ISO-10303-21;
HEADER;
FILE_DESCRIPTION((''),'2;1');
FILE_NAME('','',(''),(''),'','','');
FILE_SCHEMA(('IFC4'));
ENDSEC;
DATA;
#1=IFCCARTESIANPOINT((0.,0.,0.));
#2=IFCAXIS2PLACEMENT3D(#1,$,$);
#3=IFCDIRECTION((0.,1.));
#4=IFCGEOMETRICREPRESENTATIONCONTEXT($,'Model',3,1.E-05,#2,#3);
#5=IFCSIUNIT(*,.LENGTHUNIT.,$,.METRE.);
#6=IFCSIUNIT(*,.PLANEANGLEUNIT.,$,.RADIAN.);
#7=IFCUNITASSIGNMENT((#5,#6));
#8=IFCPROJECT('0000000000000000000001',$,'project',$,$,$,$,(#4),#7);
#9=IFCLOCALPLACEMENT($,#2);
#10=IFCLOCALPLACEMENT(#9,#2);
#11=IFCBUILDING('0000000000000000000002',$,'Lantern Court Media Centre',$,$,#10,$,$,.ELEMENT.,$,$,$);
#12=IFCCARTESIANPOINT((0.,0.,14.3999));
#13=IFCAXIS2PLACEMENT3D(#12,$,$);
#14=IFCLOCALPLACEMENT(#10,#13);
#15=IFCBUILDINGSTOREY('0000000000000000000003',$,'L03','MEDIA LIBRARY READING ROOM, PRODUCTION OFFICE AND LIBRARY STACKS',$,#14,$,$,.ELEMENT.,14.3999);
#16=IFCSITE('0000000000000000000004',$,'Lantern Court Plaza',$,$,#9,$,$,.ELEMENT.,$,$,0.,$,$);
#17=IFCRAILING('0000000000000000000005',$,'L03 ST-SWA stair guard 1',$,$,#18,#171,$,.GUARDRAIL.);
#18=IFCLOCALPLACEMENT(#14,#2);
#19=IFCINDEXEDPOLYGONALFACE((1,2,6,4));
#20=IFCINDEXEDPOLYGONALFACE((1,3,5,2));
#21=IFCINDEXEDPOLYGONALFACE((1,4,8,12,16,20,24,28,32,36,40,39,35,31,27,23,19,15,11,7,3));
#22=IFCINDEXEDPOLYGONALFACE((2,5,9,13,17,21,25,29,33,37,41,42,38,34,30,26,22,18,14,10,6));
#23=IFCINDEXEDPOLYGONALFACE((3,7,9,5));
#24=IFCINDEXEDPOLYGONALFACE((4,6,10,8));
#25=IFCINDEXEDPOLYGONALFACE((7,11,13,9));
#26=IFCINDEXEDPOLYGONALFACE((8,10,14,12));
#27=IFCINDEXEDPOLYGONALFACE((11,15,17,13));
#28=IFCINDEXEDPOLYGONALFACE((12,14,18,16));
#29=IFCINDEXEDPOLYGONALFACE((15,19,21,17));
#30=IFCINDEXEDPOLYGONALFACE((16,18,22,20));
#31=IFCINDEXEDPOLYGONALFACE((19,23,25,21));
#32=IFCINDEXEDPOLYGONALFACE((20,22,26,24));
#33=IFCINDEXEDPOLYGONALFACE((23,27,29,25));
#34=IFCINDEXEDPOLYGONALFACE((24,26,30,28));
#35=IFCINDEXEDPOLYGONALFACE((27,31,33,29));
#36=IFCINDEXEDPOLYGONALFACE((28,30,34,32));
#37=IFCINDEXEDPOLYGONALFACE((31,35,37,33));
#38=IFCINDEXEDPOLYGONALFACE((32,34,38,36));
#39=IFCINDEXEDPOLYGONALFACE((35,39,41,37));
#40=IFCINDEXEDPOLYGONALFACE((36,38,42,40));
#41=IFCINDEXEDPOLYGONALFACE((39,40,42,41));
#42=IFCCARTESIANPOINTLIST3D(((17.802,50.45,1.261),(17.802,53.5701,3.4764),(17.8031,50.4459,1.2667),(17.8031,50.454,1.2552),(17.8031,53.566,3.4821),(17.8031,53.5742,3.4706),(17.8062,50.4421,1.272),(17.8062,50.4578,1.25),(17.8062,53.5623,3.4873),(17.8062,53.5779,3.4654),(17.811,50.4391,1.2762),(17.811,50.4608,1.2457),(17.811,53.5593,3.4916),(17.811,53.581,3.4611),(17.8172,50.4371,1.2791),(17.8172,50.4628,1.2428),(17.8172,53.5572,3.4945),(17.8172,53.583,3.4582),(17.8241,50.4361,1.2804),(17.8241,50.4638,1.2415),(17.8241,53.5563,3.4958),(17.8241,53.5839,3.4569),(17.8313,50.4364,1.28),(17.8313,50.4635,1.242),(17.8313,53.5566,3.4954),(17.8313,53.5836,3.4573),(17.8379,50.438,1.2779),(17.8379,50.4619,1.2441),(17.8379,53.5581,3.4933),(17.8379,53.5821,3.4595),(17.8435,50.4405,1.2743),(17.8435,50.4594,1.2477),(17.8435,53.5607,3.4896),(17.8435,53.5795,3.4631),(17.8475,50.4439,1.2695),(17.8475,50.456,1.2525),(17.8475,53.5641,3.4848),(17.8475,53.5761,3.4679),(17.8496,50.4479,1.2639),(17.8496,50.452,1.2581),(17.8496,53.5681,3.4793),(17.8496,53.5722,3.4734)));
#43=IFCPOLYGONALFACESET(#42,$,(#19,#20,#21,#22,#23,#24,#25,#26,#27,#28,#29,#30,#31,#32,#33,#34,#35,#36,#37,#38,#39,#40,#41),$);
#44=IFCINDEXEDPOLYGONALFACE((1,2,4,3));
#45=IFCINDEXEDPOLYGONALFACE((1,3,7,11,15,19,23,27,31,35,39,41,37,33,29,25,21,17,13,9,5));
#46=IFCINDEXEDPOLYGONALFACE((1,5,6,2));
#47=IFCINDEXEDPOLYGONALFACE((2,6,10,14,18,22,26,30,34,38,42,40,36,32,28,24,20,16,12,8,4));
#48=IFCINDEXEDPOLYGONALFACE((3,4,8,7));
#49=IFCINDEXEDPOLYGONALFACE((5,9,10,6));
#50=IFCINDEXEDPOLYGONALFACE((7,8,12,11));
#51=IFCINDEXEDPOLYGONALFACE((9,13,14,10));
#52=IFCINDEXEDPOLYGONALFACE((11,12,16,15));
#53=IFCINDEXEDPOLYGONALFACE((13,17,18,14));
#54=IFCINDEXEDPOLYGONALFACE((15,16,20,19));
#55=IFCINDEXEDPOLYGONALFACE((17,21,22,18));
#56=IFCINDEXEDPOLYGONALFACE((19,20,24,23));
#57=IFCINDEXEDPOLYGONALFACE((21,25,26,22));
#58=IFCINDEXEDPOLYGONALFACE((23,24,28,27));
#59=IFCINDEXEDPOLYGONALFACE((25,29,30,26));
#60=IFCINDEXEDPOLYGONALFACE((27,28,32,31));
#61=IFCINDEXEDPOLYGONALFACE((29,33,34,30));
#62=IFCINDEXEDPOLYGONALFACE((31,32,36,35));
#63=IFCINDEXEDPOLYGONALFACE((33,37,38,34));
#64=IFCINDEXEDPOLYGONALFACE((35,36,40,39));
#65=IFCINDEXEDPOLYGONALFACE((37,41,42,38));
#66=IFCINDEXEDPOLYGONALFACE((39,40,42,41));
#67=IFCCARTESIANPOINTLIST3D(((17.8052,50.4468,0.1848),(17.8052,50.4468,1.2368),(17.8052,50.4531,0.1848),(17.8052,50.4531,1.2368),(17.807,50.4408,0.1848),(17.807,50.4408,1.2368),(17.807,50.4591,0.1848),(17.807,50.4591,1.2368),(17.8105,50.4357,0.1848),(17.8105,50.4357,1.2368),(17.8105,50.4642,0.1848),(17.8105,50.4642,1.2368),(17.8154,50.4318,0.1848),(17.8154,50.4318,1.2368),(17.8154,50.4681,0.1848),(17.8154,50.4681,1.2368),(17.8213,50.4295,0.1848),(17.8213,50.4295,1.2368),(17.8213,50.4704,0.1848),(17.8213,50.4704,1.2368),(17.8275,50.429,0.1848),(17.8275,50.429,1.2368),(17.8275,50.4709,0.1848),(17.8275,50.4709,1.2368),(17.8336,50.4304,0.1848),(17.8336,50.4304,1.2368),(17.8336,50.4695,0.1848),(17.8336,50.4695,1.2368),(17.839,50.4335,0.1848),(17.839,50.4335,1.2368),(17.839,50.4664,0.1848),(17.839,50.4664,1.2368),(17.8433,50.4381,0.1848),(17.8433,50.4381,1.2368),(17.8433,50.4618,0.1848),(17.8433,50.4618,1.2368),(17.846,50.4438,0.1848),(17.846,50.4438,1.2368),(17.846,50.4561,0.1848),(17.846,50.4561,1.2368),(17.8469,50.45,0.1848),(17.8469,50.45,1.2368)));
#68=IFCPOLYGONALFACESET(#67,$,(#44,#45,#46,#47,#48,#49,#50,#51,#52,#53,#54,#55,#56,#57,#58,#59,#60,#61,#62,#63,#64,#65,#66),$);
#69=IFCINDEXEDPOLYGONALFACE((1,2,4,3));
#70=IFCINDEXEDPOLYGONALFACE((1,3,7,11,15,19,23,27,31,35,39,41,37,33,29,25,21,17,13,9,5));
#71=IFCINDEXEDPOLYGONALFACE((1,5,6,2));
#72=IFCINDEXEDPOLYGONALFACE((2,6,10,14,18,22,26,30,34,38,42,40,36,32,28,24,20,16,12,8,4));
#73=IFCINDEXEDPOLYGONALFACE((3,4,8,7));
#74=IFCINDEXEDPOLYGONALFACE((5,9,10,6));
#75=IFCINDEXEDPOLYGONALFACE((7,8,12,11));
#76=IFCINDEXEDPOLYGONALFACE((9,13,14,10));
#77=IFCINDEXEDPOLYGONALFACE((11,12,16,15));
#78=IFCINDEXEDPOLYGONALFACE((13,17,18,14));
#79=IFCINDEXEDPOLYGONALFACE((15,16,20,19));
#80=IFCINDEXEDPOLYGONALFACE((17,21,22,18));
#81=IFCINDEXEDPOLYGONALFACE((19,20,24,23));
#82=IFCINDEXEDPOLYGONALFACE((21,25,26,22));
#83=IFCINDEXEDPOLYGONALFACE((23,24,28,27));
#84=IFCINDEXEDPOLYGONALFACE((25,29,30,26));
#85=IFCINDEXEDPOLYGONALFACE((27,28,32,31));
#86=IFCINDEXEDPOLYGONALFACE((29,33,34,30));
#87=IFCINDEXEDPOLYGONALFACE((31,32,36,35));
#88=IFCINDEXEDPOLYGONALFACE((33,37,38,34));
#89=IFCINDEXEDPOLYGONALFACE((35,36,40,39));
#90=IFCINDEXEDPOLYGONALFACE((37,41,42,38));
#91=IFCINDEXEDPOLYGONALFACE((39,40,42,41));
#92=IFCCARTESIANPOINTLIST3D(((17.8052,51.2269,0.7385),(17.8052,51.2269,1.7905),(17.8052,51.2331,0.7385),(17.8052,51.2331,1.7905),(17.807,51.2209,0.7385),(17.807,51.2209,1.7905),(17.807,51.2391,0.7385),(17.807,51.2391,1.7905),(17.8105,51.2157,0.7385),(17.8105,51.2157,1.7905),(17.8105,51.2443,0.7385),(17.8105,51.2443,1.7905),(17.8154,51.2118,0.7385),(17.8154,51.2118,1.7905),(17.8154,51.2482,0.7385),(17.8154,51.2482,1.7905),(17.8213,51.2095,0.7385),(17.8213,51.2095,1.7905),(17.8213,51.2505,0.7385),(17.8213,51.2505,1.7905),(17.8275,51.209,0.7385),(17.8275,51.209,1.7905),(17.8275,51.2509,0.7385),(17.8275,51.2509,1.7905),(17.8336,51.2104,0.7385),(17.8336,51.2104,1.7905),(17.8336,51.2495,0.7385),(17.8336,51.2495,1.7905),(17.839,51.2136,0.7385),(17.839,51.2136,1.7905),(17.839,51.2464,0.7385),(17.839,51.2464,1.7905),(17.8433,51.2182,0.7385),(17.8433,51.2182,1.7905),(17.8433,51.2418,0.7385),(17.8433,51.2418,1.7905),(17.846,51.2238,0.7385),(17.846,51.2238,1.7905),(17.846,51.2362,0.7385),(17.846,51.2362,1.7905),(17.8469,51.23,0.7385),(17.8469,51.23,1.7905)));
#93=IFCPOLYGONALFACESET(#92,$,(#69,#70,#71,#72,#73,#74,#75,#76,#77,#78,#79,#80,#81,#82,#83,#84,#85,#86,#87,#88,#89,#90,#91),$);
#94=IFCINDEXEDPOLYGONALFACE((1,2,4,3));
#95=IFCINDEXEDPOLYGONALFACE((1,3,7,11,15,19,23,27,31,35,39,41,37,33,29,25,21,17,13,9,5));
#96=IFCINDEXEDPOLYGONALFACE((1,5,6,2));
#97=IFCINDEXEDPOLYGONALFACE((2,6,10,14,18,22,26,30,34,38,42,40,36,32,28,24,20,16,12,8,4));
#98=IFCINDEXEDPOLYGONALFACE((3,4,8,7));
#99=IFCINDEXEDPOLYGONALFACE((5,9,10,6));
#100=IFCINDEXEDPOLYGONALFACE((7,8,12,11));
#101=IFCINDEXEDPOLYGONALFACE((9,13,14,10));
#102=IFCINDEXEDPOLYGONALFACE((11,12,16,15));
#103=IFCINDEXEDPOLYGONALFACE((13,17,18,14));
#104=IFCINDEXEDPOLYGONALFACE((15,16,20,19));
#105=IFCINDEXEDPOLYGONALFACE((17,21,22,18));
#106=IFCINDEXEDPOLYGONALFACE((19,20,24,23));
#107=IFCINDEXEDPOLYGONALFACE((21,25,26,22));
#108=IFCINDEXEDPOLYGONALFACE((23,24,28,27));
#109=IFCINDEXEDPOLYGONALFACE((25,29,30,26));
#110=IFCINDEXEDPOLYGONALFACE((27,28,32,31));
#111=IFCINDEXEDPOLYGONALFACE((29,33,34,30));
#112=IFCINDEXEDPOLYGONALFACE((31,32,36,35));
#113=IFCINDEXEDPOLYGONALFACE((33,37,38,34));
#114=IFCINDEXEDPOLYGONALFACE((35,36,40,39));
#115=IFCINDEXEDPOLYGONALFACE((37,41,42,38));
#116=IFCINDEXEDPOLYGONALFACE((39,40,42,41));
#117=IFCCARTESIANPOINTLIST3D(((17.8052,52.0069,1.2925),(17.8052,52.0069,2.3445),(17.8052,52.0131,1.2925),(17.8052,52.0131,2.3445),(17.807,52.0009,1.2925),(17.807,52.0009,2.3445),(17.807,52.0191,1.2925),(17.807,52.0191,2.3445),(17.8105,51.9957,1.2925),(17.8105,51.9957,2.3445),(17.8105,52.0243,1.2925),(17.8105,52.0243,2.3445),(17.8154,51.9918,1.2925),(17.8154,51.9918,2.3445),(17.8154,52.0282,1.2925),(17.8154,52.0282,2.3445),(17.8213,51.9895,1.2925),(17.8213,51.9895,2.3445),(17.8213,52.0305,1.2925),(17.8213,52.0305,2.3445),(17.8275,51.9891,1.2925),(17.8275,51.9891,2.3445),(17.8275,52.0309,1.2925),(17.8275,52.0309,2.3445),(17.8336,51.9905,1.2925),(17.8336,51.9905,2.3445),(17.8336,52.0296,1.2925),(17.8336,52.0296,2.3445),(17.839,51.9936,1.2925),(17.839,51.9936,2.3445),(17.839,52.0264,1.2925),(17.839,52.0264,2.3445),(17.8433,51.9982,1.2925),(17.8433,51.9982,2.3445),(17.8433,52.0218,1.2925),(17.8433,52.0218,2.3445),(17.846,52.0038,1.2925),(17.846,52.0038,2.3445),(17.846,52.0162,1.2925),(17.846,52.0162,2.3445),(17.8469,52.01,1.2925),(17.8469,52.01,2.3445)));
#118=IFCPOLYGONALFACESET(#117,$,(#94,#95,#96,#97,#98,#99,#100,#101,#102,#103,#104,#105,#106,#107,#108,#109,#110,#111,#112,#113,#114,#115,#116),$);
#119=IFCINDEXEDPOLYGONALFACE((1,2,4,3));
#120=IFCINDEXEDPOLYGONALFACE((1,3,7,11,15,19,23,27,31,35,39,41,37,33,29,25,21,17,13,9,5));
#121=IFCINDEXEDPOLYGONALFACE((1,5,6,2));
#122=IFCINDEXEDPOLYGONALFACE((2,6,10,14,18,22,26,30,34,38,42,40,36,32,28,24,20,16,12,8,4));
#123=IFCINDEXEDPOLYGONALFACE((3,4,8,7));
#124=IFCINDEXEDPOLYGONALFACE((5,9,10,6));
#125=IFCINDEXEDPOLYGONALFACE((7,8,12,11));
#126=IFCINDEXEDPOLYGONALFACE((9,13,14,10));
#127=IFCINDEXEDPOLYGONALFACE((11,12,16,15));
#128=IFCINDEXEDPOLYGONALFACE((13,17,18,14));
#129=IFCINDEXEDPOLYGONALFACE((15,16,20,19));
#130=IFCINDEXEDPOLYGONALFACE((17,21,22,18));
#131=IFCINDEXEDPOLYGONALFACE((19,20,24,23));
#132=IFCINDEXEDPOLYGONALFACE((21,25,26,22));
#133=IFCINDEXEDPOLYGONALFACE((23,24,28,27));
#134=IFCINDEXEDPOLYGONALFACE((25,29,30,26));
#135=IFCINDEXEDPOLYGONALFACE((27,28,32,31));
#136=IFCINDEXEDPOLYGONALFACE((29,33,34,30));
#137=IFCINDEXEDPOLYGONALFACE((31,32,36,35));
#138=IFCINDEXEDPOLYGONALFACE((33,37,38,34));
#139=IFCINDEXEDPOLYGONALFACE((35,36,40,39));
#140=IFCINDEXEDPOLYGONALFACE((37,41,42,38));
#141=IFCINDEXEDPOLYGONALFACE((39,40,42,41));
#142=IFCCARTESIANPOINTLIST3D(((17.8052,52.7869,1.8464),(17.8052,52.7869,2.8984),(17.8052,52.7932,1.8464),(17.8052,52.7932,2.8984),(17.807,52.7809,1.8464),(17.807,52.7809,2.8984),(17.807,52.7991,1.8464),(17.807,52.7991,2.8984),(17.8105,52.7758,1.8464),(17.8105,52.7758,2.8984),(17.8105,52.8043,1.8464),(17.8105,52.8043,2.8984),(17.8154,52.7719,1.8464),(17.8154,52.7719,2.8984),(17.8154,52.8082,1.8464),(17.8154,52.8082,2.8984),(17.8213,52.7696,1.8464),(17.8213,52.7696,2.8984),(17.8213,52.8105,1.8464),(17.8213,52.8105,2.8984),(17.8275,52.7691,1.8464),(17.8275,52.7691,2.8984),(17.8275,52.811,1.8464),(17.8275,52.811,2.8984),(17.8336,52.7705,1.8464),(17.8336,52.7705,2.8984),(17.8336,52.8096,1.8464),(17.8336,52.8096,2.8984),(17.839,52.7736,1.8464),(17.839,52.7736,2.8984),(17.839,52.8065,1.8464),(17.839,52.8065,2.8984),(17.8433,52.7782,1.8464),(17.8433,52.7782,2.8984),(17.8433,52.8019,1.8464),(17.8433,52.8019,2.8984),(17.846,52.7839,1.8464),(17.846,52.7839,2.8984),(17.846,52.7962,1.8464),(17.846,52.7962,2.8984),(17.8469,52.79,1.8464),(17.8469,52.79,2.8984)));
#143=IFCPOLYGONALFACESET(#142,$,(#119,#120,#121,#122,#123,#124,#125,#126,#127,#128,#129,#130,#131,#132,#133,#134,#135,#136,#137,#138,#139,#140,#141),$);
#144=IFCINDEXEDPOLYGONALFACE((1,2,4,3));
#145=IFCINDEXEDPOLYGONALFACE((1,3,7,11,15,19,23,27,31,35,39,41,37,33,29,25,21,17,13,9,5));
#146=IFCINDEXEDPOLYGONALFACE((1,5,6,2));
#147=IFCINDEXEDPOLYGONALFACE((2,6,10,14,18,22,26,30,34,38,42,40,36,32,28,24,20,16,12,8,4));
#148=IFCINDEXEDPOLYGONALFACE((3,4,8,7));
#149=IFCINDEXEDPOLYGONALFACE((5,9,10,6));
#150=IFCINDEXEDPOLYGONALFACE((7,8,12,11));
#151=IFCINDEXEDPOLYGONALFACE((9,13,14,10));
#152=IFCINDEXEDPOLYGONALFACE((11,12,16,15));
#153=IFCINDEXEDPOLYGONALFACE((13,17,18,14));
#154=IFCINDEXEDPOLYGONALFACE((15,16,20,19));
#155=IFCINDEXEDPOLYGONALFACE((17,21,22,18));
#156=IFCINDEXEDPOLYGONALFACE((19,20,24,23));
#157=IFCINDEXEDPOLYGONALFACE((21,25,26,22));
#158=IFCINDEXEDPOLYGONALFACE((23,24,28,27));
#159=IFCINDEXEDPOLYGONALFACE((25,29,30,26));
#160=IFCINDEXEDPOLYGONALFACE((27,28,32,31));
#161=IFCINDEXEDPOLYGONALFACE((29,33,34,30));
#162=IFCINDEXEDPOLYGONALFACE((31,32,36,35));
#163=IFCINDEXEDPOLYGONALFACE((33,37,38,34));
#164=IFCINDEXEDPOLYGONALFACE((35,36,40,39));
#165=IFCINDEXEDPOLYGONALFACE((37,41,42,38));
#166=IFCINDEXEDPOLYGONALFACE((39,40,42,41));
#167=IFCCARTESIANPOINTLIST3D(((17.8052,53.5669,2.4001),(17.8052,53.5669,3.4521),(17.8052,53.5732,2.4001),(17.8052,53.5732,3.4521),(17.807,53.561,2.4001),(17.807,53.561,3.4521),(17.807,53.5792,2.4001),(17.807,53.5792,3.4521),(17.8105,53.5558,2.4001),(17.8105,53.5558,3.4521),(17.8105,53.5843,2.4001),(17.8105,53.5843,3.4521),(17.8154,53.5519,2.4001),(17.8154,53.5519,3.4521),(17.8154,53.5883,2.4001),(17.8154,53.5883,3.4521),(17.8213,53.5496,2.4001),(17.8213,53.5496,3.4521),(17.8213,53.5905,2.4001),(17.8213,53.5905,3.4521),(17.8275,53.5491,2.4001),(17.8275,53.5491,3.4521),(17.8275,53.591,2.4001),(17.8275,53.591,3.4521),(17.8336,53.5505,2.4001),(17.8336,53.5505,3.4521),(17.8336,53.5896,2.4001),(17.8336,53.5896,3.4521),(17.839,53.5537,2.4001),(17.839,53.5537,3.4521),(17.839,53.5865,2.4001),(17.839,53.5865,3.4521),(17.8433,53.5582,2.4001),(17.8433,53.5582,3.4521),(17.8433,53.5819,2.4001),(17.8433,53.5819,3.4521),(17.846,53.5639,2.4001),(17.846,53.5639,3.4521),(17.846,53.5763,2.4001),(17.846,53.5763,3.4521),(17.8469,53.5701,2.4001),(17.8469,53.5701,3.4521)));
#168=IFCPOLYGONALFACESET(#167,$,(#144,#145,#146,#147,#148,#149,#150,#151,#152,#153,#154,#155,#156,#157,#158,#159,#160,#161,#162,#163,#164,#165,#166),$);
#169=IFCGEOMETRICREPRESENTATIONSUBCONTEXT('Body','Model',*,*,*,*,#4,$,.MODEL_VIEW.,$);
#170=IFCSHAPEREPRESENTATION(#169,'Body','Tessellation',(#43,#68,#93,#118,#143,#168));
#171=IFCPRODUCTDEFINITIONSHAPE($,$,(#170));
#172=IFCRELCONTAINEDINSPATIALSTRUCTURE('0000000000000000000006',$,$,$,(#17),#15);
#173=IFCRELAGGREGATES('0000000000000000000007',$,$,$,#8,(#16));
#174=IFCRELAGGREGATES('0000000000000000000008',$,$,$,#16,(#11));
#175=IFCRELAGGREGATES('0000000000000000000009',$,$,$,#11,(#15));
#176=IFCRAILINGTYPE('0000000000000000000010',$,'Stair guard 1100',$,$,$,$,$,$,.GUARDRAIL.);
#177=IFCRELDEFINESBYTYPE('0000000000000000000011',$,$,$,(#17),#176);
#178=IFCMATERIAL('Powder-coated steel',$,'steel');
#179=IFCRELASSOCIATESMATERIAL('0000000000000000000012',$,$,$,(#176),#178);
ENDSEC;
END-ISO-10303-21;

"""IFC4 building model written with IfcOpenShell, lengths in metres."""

from ifc_helpers import new_model, si_unit, direction, frame, origin, origin_2d, place, context, subcontext, project, spatial, circle, extrude, material, type_object, element, save


model = new_model("IFC4")

# Units and contexts
model_context = context("Model", 3, precision=1e-05, world=origin(), true_north=direction((0.0, 1.0)))
body_context = subcontext(model_context, "Body", "Model", "MODEL_VIEW")
ifc_project = project(units=[si_unit("LENGTHUNIT", "METRE"), si_unit("PLANEANGLEUNIT", "RADIAN")], contexts=[model_context])

# Site, building, storey
site_placement = place(None, origin())
site = spatial("IfcSite", under=ifc_project, at=site_placement, Name="Lantern Court Plaza", CompositionType="ELEMENT", RefElevation=0.0)
building_placement = place(site_placement, origin())
building = spatial("IfcBuilding", under=site, at=building_placement, Name="Lantern Court Media Centre", CompositionType="ELEMENT")
storey_placement = place(building_placement, frame((0.0, 0.0, 14.3999)))
storey = spatial("IfcBuildingStorey", under=building, at=storey_placement, Name="L03", Description="MEDIA LIBRARY READING ROOM, PRODUCTION OFFICE AND LIBRARY STACKS", CompositionType="ELEMENT", Elevation=14.3999)

# Shared definitions
ifc_material_1 = material(Name="Powder-coated steel", Category="steel")

# Railing
railing_type_1 = type_object("IfcRailingType", Name="Stair guard 1100", PredefinedType="GUARDRAIL", material=ifc_material_1)
railing_1_placement = place(storey_placement, frame((17.8259, 50.45, 0.1848)))
element("IfcRailing", 1, at=railing_1_placement, inside=storey, type_object=railing_type_1, Name="L03 ST-SWA stair guard 1", PredefinedType="GUARDRAIL", context=body_context, shape_type="SweptSolid", body=[
    extrude(circle(Radius=0.0239, at=origin_2d()), frame((0.0, 0.0, 1.0762), z_axis=(0.0, 0.815377, 0.57893), x_axis=(-1.0, 0.0, 0.0)), (0.0, 0.0, 1.0), 3.8267),
    extrude(circle(Radius=0.021, at=origin_2d()), origin(), (0.0, 0.0, 1.0), 1.052),
    extrude(circle(Radius=0.021, at=origin_2d()), frame((0.0, 0.78, 0.5537)), (0.0, 0.0, 1.0), 1.052),
    extrude(circle(Radius=0.021, at=origin_2d()), frame((0.0, 1.5601, 1.1077)), (0.0, 0.0, 1.0), 1.052),
    extrude(circle(Radius=0.021, at=origin_2d()), frame((0.0, 2.3401, 1.6616)), (0.0, 0.0, 1.0), 1.052),
    extrude(circle(Radius=0.021, at=origin_2d()), frame((0.0, 3.1201, 2.2153)), (0.0, 0.0, 1.0), 1.052),
])

save(model, "model.ifc")
